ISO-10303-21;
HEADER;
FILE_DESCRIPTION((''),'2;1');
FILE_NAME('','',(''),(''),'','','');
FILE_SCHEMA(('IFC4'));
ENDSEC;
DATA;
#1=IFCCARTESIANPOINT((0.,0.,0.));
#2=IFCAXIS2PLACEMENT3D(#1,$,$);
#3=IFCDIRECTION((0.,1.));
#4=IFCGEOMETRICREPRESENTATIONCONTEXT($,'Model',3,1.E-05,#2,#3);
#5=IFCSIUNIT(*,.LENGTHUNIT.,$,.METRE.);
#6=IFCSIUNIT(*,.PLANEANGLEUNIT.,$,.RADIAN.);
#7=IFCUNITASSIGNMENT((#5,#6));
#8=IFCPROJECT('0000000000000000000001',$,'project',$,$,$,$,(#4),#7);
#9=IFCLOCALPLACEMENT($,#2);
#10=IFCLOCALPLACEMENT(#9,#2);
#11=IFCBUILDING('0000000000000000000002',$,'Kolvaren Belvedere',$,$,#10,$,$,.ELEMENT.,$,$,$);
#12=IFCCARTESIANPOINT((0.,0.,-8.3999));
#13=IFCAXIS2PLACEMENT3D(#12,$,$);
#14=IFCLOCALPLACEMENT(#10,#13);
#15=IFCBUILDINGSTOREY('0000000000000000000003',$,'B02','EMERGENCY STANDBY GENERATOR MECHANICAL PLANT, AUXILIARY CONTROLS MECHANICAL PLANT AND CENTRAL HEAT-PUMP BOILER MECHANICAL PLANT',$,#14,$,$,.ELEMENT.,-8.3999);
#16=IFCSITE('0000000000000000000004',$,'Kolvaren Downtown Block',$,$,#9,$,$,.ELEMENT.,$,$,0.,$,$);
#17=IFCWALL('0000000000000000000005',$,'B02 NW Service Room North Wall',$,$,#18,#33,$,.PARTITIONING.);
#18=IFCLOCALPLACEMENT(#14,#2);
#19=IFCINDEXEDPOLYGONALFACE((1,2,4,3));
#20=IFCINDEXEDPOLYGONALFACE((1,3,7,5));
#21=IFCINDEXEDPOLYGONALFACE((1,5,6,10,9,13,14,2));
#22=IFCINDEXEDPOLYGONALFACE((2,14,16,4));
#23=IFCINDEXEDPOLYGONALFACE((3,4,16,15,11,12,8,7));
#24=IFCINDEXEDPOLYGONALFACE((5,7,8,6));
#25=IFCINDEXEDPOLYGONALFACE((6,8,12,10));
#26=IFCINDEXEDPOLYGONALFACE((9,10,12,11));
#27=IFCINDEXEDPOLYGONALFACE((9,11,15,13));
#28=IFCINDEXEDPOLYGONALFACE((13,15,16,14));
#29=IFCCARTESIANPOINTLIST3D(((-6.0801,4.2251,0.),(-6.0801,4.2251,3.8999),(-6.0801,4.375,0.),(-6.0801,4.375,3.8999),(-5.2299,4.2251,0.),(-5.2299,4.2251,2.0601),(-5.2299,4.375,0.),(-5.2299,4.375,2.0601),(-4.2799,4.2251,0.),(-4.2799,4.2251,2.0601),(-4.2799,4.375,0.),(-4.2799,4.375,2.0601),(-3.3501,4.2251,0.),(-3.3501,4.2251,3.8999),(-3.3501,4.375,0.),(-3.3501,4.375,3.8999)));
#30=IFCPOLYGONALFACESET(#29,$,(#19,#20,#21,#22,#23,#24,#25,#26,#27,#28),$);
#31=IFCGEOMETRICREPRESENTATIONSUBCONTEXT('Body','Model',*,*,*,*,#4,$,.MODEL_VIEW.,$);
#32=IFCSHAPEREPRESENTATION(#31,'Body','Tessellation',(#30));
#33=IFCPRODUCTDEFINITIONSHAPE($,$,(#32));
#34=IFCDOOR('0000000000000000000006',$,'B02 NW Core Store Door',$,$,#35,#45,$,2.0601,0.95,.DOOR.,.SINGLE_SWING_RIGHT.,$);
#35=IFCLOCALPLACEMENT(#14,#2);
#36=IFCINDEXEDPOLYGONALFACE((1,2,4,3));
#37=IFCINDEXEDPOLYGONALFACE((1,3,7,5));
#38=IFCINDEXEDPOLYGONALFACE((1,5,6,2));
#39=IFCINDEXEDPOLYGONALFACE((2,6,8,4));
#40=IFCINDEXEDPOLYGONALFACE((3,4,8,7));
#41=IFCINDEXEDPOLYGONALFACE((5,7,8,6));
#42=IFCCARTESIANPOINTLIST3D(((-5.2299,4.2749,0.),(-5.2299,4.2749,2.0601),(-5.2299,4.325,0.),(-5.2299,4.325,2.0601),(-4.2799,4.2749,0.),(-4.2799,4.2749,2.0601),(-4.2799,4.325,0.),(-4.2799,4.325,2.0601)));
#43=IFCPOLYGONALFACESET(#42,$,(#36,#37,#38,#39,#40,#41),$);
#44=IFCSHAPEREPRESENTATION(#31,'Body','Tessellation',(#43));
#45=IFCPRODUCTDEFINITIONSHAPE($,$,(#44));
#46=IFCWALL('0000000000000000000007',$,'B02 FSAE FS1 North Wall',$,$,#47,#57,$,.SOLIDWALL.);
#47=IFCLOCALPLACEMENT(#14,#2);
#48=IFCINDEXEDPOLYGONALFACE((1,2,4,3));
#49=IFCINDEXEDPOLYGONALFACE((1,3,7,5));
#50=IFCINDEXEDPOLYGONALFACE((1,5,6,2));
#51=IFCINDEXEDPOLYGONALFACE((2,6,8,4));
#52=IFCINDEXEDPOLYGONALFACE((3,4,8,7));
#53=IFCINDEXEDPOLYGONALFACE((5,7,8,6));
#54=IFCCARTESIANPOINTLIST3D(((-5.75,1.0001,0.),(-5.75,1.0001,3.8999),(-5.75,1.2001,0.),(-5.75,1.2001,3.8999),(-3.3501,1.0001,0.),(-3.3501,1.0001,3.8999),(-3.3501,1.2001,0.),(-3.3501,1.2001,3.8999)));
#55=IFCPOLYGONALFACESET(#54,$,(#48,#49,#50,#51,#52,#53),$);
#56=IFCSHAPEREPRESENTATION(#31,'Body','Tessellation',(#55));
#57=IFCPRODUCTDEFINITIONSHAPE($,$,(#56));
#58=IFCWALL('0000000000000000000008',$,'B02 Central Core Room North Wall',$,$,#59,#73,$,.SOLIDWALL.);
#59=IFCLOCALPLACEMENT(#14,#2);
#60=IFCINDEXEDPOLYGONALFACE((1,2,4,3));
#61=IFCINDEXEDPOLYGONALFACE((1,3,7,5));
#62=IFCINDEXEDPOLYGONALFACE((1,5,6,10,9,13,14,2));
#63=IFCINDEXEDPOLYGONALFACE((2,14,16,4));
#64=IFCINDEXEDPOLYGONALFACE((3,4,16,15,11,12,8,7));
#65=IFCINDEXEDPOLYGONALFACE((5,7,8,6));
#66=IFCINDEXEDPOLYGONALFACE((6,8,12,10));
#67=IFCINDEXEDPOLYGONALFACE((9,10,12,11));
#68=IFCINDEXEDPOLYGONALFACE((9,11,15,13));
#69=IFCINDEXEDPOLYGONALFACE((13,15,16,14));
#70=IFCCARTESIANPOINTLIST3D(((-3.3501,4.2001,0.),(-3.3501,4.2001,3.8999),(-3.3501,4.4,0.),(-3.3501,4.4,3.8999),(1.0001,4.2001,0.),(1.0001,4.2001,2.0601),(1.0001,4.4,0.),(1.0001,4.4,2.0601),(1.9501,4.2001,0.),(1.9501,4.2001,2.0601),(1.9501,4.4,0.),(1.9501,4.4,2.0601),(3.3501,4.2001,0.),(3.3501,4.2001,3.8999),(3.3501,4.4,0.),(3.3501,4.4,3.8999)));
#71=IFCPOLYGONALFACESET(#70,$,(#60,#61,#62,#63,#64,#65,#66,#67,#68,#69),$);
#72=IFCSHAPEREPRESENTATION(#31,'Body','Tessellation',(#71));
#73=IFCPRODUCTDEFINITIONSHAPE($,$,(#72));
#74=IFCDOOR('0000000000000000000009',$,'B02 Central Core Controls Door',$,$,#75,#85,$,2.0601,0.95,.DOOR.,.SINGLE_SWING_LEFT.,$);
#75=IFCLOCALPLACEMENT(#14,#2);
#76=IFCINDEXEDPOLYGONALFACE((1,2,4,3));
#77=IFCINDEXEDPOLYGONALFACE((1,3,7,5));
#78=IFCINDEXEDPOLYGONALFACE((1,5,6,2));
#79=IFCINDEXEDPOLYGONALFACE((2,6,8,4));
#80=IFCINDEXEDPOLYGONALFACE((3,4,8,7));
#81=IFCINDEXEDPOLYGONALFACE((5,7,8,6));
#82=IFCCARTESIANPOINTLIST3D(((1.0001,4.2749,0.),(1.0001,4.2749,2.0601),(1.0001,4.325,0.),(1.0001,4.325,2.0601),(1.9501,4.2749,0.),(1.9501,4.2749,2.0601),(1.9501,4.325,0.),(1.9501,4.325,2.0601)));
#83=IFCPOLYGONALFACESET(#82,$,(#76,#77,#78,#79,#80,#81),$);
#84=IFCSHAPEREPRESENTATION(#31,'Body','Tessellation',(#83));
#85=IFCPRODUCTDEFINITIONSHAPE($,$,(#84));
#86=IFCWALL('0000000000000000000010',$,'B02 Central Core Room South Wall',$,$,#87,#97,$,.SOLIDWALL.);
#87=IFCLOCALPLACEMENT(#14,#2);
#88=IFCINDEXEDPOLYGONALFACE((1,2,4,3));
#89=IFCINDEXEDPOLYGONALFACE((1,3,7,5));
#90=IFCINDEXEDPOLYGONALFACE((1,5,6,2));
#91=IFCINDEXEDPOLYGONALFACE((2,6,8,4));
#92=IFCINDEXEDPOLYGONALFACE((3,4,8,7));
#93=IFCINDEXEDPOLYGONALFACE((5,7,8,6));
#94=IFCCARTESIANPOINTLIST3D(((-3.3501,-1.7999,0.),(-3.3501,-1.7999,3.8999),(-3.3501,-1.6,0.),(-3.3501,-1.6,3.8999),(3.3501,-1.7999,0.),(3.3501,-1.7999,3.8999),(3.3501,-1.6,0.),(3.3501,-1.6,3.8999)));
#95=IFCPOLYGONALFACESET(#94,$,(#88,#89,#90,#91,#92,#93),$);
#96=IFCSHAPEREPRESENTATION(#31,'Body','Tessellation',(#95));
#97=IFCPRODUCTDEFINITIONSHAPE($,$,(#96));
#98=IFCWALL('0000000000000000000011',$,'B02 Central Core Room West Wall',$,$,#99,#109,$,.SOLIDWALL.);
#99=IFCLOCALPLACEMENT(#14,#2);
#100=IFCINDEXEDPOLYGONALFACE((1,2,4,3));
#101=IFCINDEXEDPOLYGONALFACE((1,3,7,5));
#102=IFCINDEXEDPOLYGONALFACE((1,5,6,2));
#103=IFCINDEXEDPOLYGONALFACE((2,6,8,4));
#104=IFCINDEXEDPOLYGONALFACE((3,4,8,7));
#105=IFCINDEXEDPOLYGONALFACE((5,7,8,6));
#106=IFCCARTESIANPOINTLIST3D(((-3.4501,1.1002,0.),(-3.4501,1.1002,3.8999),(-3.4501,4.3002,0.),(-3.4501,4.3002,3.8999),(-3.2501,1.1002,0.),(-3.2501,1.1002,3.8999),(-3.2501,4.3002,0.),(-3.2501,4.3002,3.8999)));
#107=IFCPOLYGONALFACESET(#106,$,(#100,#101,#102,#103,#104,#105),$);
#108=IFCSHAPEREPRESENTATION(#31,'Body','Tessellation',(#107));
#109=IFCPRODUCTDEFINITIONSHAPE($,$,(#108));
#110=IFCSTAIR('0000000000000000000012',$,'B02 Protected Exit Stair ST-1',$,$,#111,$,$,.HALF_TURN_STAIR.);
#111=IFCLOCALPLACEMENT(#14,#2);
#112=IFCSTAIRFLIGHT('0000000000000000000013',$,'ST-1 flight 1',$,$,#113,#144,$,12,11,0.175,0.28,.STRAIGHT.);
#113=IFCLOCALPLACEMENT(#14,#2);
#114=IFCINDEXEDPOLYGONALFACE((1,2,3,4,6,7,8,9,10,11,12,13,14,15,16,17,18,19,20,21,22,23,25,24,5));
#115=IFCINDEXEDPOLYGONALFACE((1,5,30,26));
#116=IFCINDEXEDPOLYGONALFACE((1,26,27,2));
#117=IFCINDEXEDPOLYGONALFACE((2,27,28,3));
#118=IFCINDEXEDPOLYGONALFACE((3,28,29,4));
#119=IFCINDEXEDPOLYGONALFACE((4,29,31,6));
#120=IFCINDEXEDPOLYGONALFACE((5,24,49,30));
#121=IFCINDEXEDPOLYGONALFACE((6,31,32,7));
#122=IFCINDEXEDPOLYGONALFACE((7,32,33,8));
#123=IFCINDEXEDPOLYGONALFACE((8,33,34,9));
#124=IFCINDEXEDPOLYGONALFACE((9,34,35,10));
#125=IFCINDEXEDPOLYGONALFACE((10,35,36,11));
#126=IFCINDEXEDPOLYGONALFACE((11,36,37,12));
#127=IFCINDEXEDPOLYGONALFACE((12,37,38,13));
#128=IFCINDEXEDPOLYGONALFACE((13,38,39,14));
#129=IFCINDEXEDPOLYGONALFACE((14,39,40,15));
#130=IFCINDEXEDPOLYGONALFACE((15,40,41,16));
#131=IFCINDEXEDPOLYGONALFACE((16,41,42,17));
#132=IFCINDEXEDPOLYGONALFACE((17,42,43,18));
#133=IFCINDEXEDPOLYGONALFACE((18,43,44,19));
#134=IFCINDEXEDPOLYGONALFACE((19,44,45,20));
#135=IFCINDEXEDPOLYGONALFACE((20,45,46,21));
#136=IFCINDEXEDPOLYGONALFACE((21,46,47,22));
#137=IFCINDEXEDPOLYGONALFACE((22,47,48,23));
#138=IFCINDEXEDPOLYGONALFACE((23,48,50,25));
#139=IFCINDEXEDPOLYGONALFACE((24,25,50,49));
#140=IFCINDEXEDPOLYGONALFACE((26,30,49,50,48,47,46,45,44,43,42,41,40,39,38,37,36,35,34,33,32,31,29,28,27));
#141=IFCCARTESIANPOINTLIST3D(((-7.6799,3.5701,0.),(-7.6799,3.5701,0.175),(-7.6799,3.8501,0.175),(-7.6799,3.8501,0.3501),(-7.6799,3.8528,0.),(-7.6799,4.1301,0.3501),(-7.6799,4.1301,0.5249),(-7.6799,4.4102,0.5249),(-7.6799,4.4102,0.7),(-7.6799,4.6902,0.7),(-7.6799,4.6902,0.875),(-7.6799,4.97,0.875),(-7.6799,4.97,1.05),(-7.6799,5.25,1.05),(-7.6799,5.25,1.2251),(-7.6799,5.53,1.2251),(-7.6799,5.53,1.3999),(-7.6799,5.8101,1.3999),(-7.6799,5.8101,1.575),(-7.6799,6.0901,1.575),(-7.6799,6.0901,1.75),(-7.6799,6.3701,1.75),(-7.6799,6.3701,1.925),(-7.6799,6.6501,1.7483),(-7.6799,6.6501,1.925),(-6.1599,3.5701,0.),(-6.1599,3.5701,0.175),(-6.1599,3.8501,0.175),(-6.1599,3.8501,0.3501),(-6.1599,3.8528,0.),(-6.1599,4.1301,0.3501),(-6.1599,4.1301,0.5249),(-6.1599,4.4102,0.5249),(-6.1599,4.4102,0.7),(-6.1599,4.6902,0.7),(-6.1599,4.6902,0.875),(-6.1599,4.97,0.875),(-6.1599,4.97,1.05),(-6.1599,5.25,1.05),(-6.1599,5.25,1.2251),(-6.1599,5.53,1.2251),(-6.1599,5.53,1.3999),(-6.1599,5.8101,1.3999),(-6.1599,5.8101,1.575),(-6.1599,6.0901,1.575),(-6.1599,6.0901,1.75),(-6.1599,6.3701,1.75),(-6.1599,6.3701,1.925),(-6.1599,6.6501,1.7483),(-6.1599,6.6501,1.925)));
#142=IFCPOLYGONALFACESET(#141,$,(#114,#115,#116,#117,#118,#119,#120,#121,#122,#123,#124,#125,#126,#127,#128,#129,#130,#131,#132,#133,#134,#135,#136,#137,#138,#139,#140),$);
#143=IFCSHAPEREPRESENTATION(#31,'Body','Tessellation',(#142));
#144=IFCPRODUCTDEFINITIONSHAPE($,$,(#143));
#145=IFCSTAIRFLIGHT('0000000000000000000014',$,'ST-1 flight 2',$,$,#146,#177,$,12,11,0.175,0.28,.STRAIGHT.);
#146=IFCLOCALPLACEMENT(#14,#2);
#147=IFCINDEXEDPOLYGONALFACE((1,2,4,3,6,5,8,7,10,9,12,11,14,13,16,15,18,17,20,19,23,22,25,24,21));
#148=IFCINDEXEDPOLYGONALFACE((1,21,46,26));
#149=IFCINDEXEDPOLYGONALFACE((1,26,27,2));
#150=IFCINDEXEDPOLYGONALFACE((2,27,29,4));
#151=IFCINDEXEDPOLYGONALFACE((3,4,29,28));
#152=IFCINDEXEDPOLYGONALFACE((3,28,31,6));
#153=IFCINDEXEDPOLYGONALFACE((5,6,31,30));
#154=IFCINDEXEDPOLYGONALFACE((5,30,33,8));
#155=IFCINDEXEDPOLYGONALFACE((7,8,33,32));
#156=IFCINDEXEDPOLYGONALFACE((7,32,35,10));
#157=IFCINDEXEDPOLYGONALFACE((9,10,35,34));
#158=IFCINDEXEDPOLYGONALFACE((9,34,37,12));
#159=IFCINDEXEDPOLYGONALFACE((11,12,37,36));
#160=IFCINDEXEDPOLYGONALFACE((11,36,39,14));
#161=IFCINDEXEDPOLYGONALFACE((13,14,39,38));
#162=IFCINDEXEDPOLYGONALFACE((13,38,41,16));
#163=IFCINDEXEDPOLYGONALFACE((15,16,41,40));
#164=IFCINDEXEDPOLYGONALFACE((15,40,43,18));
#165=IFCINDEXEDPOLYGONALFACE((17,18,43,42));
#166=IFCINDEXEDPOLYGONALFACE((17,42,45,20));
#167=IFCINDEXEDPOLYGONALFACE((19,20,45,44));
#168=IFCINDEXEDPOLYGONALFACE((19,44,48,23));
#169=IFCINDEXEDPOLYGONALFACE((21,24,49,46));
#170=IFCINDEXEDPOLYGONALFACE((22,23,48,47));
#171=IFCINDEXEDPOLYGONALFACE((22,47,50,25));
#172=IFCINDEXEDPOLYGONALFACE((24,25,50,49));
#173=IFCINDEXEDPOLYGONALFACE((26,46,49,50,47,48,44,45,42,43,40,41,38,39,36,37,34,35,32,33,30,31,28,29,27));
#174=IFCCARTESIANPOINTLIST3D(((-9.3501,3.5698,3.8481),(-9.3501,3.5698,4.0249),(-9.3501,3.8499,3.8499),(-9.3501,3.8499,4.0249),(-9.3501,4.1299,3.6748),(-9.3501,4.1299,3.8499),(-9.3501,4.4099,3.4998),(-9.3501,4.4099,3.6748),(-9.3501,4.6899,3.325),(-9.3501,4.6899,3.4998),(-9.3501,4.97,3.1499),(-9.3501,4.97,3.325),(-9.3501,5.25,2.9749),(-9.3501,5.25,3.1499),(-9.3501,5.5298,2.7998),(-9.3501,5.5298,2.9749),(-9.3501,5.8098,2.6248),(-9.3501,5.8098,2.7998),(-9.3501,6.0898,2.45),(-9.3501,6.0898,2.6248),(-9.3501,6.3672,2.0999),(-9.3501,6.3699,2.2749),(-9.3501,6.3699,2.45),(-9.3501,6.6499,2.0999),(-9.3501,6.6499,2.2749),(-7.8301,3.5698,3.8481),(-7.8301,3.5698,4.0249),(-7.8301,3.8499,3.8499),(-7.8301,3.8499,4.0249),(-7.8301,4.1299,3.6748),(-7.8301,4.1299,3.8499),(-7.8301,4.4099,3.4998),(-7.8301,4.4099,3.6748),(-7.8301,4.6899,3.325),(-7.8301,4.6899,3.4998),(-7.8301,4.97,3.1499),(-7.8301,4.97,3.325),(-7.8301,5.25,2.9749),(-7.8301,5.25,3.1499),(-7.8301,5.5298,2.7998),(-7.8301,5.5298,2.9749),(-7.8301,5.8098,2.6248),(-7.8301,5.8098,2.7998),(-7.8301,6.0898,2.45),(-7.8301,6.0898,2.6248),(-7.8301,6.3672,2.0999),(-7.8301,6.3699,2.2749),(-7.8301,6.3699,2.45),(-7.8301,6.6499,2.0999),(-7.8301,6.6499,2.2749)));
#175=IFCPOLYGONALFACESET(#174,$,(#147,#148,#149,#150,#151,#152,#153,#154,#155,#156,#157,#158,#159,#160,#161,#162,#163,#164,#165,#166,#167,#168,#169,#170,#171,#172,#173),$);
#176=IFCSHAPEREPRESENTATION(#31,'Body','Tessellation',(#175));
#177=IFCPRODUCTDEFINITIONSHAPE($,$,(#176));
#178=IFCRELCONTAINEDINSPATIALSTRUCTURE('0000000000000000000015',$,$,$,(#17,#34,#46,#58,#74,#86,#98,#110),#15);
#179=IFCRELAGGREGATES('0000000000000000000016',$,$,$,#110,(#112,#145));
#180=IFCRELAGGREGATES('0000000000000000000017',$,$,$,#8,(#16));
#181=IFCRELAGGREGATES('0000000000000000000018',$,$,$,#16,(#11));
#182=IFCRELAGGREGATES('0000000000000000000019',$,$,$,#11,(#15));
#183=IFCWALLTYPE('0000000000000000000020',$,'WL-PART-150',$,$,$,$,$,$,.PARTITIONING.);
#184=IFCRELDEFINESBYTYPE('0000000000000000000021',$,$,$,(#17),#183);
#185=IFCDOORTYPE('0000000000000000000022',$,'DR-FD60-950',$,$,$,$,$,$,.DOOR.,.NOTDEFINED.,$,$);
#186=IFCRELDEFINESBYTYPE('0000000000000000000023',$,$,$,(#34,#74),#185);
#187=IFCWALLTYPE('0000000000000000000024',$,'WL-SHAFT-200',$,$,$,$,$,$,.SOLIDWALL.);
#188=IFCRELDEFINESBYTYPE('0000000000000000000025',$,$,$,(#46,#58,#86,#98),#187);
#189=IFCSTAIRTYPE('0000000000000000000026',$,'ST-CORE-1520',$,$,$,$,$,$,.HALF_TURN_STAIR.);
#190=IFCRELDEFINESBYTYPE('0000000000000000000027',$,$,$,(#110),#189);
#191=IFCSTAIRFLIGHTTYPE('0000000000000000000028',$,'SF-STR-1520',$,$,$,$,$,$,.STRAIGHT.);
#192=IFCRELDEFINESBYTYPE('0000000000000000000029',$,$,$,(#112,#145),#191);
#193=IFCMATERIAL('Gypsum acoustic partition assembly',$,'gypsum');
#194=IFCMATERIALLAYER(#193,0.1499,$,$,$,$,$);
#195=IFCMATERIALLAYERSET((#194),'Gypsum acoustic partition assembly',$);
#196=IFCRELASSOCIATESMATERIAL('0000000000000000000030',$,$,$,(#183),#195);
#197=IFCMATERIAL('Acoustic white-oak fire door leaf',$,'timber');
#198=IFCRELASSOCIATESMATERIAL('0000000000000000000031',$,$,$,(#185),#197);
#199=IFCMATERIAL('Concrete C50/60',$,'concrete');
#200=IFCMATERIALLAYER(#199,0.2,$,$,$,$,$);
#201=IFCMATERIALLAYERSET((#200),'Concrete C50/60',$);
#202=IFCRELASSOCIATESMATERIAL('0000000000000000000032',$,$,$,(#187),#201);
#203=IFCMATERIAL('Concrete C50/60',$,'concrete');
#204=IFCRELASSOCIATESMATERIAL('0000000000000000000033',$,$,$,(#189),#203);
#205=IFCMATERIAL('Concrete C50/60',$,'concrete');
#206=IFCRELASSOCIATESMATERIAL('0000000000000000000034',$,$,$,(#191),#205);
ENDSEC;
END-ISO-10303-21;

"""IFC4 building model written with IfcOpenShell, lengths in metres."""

from ifc_helpers import new_model, si_unit, direction, frame, frame_2d, origin, place, context, subcontext, project, spatial, polyline, rectangle, outline, extrude, material, layer, layer_set, type_object, element, fill, aggregate, save


model = new_model("IFC4")

# Units and contexts
model_context = context("Model", 3, precision=1e-05, world=origin(), true_north=direction((0.0, 1.0)))
body_context = subcontext(model_context, "Body", "Model", "MODEL_VIEW")
ifc_project = project(units=[si_unit("LENGTHUNIT", "METRE"), si_unit("PLANEANGLEUNIT", "RADIAN")], contexts=[model_context])

# Site, building, storey
site_placement = place(None, origin())
site = spatial("IfcSite", under=ifc_project, at=site_placement, Name="Kolvaren Downtown Block", CompositionType="ELEMENT", RefElevation=0.0)
building_placement = place(site_placement, origin())
building = spatial("IfcBuilding", under=site, at=building_placement, Name="Kolvaren Belvedere", CompositionType="ELEMENT")
storey_placement = place(building_placement, frame((0.0, 0.0, -8.3999)))
storey = spatial("IfcBuildingStorey", under=building, at=storey_placement, Name="B02", Description="EMERGENCY STANDBY GENERATOR MECHANICAL PLANT, AUXILIARY CONTROLS MECHANICAL PLANT AND CENTRAL HEAT-PUMP BOILER MECHANICAL PLANT", CompositionType="ELEMENT", Elevation=-8.3999)

# Wall, opening, door
ifc_material_1 = material(Name="Gypsum acoustic partition assembly", Category="gypsum")
ifc_layer_1 = layer(ifc_material_1, 0.1499)
ifc_layer_set_1 = layer_set([ifc_layer_1], Name="Gypsum acoustic partition assembly")
wall_type_1 = type_object("IfcWallType", Name="WL-PART-150", PredefinedType="PARTITIONING", material=ifc_layer_set_1)
wall_1_placement = place(storey_placement, frame((-6.0801, 4.3, 0.0), z_axis=(0.0, 0.0, 1.0), x_axis=(1.0, 0.0, 0.0)))
wall_1 = element("IfcWall", 1, at=wall_1_placement, inside=storey, type_object=wall_type_1, Name="B02 NW Service Room North Wall", PredefinedType="PARTITIONING", context=body_context, shape_type="SweptSolid", body=[
    extrude(rectangle(XDim=2.73, YDim=0.1499, at=frame_2d((1.365, 0.0))), origin(), (0.0, 0.0, 1.0), 3.8999),
])
opening_1_placement = place(wall_1_placement, frame((0.8501, 0.0, 0.0)))
opening_1 = element("IfcOpeningElement", 2, at=opening_1_placement, cuts=wall_1, PredefinedType="OPENING", context=body_context, shape_type="SweptSolid", body=[
    extrude(rectangle(XDim=0.95, YDim=2.0601, at=frame_2d((0.4751, 1.03))), frame((0.0, 0.085, 0.0), z_axis=(0.0, -1.0, 0.0), x_axis=(1.0, 0.0, 0.0)), (0.0, 0.0, 1.0), 0.1699),
])
ifc_material_2 = material(Name="Acoustic white-oak fire door leaf", Category="timber")
door_type_1 = type_object("IfcDoorType", Name="DR-FD60-950", OperationType="NOTDEFINED", PredefinedType="DOOR", material=ifc_material_2)
door_1_placement = place(opening_1_placement, origin())
door_1 = element("IfcDoor", 3, at=door_1_placement, inside=storey, type_object=door_type_1, Name="B02 NW Core Store Door", OperationType="SINGLE_SWING_RIGHT", OverallHeight=2.0601, OverallWidth=0.95, PredefinedType="DOOR", context=body_context, shape_type="SweptSolid", body=[
    extrude(rectangle(XDim=0.95, YDim=2.0601, at=frame_2d((0.4751, 1.03))), frame((0.0, 0.0249, 0.0), z_axis=(0.0, -1.0, 0.0), x_axis=(1.0, 0.0, 0.0)), (0.0, 0.0, 1.0), 0.05),
])
fill(opening_1, door_1)

# Wall
ifc_material_3 = material(Name="Concrete C50/60", Category="concrete")
ifc_layer_2 = layer(ifc_material_3, 0.2)
ifc_layer_set_2 = layer_set([ifc_layer_2], Name="Concrete C50/60")
wall_type_2 = type_object("IfcWallType", Name="WL-SHAFT-200", PredefinedType="SOLIDWALL", material=ifc_layer_set_2)
wall_2_placement = place(storey_placement, frame((-5.75, 1.1001, 0.0), z_axis=(0.0, 0.0, 1.0), x_axis=(1.0, 0.0, 0.0)))
element("IfcWall", 4, at=wall_2_placement, inside=storey, type_object=wall_type_2, Name="B02 FSAE FS1 North Wall", PredefinedType="SOLIDWALL", context=body_context, shape_type="SweptSolid", body=[
    extrude(rectangle(XDim=2.3999, YDim=0.2, at=frame_2d((1.2, 0.0))), origin(), (0.0, 0.0, 1.0), 3.8999),
])

# Wall, opening, door
wall_3_placement = place(storey_placement, frame((-3.3501, 4.3, 0.0), z_axis=(0.0, 0.0, 1.0), x_axis=(1.0, 0.0, 0.0)))
wall_3 = element("IfcWall", 5, at=wall_3_placement, inside=storey, type_object=wall_type_2, Name="B02 Central Core Room North Wall", PredefinedType="SOLIDWALL", context=body_context, shape_type="SweptSolid", body=[
    extrude(rectangle(XDim=6.7002, YDim=0.2, at=frame_2d((3.3501, 0.0))), origin(), (0.0, 0.0, 1.0), 3.8999),
])
opening_2_placement = place(wall_3_placement, frame((4.3501, 0.0, 0.0)))
opening_2 = element("IfcOpeningElement", 6, at=opening_2_placement, cuts=wall_3, PredefinedType="OPENING", context=body_context, shape_type="SweptSolid", body=[
    extrude(rectangle(XDim=0.95, YDim=2.0601, at=frame_2d((0.4751, 1.03))), frame((0.0, 0.1099, 0.0), z_axis=(0.0, -1.0, 0.0), x_axis=(1.0, 0.0, 0.0)), (0.0, 0.0, 1.0), 0.22),
])
door_2_placement = place(opening_2_placement, origin())
door_2 = element("IfcDoor", 7, at=door_2_placement, inside=storey, type_object=door_type_1, Name="B02 Central Core Controls Door", OperationType="SINGLE_SWING_LEFT", OverallHeight=2.0601, OverallWidth=0.95, PredefinedType="DOOR", context=body_context, shape_type="SweptSolid", body=[
    extrude(rectangle(XDim=0.95, YDim=2.0601, at=frame_2d((0.4751, 1.03))), frame((0.0, 0.0249, 0.0), z_axis=(0.0, -1.0, 0.0), x_axis=(1.0, 0.0, 0.0)), (0.0, 0.0, 1.0), 0.05),
])
fill(opening_2, door_2)

# Walls
wall_4_placement = place(storey_placement, frame((-3.3501, -1.7, 0.0), z_axis=(0.0, 0.0, 1.0), x_axis=(1.0, 0.0, 0.0)))
element("IfcWall", 8, at=wall_4_placement, inside=storey, type_object=wall_type_2, Name="B02 Central Core Room South Wall", PredefinedType="SOLIDWALL", context=body_context, shape_type="SweptSolid", body=[
    extrude(rectangle(XDim=6.7002, YDim=0.2, at=frame_2d((3.3501, 0.0))), origin(), (0.0, 0.0, 1.0), 3.8999),
])
wall_5_placement = place(storey_placement, frame((-3.3501, 1.1001, 0.0), z_axis=(0.0, 0.0, 1.0), x_axis=(0.0, 1.0, 0.0)))
element("IfcWall", 9, at=wall_5_placement, inside=storey, type_object=wall_type_2, Name="B02 Central Core Room West Wall", PredefinedType="SOLIDWALL", context=body_context, shape_type="SweptSolid", body=[
    extrude(rectangle(XDim=3.2, YDim=0.2, at=frame_2d((1.6001, 0.0))), origin(), (0.0, 0.0, 1.0), 3.8999),
])

# Stair, stair flights
ifc_material_4 = material(Name="Concrete C50/60", Category="concrete")
stair_type = type_object("IfcStairType", Name="ST-CORE-1520", PredefinedType="HALF_TURN_STAIR", material=ifc_material_4)
stair_placement = place(storey_placement, origin())
stair = element("IfcStair", 10, at=stair_placement, inside=storey, type_object=stair_type, Name="B02 Protected Exit Stair ST-1", PredefinedType="HALF_TURN_STAIR")
ifc_material_5 = material(Name="Concrete C50/60", Category="concrete")
stair_flight_type = type_object("IfcStairFlightType", Name="SF-STR-1520", PredefinedType="STRAIGHT", material=ifc_material_5)
stair_flight_1_placement = place(storey_placement, frame((-6.9199, 3.5701, 0.0), z_axis=(0.0, 0.0, 1.0), x_axis=(0.0, 1.0, 0.0)))
stair_flight_1 = element("IfcStairFlight", 11, at=stair_flight_1_placement, type_object=stair_flight_type, Name="ST-1 flight 1", NumberOfRisers=12, NumberOfTreads=11, PredefinedType="STRAIGHT", RiserHeight=0.175, TreadLength=0.28, context=body_context, shape_type="SweptSolid", body=[
    extrude(outline(polyline([(0.0, 0.0), (0.0, 0.175), (0.28, 0.175), (0.28, 0.3501), (0.5601, 0.3501), (0.5601, 0.5249), (0.8401, 0.5249), (0.8401, 0.7), (1.1201, 0.7), (1.1201, 0.875), (1.3999, 0.875), (1.3999, 1.05), (1.6799, 1.05), (1.6799, 1.2251), (1.96, 1.2251), (1.96, 1.3999), (2.24, 1.3999), (2.24, 1.575), (2.52, 1.575), (2.52, 1.75), (2.8, 1.75), (2.8, 1.925), (3.0801, 1.925), (3.0801, 2.1001), (3.0801, 1.7483), (0.2827, 0.0), (0.0, 0.0)])), frame((0.0, 0.76, 0.0), z_axis=(0.0, -1.0, 0.0), x_axis=(1.0, 0.0, 0.0)), (0.0, 0.0, 1.0), 1.52),
])
stair_flight_2_placement = place(storey_placement, frame((-8.5901, 6.6499, 2.0999), z_axis=(0.0, 0.0, 1.0), x_axis=(0.0, -1.0, 0.0)))
stair_flight_2 = element("IfcStairFlight", 12, at=stair_flight_2_placement, type_object=stair_flight_type, Name="ST-1 flight 2", NumberOfRisers=12, NumberOfTreads=11, PredefinedType="STRAIGHT", RiserHeight=0.175, TreadLength=0.28, context=body_context, shape_type="SweptSolid", body=[
    extrude(outline(polyline([(0.0, 0.0), (0.0, 0.175), (0.28, 0.175), (0.28, 0.3501), (0.5601, 0.3501), (0.5601, 0.5249), (0.8401, 0.5249), (0.8401, 0.7), (1.1201, 0.7), (1.1201, 0.875), (1.3999, 0.875), (1.3999, 1.05), (1.6799, 1.05), (1.6799, 1.2251), (1.96, 1.2251), (1.96, 1.3999), (2.24, 1.3999), (2.24, 1.575), (2.52, 1.575), (2.52, 1.75), (2.8, 1.75), (2.8, 1.925), (3.0801, 1.925), (3.0801, 2.1001), (3.0801, 1.7483), (0.2827, 0.0), (0.0, 0.0)])), frame((0.0, 0.76, 0.0), z_axis=(0.0, -1.0, 0.0), x_axis=(1.0, 0.0, 0.0)), (0.0, 0.0, 1.0), 1.52),
])
aggregate(stair, [stair_flight_1, stair_flight_2])

save(model, "model.ifc")
